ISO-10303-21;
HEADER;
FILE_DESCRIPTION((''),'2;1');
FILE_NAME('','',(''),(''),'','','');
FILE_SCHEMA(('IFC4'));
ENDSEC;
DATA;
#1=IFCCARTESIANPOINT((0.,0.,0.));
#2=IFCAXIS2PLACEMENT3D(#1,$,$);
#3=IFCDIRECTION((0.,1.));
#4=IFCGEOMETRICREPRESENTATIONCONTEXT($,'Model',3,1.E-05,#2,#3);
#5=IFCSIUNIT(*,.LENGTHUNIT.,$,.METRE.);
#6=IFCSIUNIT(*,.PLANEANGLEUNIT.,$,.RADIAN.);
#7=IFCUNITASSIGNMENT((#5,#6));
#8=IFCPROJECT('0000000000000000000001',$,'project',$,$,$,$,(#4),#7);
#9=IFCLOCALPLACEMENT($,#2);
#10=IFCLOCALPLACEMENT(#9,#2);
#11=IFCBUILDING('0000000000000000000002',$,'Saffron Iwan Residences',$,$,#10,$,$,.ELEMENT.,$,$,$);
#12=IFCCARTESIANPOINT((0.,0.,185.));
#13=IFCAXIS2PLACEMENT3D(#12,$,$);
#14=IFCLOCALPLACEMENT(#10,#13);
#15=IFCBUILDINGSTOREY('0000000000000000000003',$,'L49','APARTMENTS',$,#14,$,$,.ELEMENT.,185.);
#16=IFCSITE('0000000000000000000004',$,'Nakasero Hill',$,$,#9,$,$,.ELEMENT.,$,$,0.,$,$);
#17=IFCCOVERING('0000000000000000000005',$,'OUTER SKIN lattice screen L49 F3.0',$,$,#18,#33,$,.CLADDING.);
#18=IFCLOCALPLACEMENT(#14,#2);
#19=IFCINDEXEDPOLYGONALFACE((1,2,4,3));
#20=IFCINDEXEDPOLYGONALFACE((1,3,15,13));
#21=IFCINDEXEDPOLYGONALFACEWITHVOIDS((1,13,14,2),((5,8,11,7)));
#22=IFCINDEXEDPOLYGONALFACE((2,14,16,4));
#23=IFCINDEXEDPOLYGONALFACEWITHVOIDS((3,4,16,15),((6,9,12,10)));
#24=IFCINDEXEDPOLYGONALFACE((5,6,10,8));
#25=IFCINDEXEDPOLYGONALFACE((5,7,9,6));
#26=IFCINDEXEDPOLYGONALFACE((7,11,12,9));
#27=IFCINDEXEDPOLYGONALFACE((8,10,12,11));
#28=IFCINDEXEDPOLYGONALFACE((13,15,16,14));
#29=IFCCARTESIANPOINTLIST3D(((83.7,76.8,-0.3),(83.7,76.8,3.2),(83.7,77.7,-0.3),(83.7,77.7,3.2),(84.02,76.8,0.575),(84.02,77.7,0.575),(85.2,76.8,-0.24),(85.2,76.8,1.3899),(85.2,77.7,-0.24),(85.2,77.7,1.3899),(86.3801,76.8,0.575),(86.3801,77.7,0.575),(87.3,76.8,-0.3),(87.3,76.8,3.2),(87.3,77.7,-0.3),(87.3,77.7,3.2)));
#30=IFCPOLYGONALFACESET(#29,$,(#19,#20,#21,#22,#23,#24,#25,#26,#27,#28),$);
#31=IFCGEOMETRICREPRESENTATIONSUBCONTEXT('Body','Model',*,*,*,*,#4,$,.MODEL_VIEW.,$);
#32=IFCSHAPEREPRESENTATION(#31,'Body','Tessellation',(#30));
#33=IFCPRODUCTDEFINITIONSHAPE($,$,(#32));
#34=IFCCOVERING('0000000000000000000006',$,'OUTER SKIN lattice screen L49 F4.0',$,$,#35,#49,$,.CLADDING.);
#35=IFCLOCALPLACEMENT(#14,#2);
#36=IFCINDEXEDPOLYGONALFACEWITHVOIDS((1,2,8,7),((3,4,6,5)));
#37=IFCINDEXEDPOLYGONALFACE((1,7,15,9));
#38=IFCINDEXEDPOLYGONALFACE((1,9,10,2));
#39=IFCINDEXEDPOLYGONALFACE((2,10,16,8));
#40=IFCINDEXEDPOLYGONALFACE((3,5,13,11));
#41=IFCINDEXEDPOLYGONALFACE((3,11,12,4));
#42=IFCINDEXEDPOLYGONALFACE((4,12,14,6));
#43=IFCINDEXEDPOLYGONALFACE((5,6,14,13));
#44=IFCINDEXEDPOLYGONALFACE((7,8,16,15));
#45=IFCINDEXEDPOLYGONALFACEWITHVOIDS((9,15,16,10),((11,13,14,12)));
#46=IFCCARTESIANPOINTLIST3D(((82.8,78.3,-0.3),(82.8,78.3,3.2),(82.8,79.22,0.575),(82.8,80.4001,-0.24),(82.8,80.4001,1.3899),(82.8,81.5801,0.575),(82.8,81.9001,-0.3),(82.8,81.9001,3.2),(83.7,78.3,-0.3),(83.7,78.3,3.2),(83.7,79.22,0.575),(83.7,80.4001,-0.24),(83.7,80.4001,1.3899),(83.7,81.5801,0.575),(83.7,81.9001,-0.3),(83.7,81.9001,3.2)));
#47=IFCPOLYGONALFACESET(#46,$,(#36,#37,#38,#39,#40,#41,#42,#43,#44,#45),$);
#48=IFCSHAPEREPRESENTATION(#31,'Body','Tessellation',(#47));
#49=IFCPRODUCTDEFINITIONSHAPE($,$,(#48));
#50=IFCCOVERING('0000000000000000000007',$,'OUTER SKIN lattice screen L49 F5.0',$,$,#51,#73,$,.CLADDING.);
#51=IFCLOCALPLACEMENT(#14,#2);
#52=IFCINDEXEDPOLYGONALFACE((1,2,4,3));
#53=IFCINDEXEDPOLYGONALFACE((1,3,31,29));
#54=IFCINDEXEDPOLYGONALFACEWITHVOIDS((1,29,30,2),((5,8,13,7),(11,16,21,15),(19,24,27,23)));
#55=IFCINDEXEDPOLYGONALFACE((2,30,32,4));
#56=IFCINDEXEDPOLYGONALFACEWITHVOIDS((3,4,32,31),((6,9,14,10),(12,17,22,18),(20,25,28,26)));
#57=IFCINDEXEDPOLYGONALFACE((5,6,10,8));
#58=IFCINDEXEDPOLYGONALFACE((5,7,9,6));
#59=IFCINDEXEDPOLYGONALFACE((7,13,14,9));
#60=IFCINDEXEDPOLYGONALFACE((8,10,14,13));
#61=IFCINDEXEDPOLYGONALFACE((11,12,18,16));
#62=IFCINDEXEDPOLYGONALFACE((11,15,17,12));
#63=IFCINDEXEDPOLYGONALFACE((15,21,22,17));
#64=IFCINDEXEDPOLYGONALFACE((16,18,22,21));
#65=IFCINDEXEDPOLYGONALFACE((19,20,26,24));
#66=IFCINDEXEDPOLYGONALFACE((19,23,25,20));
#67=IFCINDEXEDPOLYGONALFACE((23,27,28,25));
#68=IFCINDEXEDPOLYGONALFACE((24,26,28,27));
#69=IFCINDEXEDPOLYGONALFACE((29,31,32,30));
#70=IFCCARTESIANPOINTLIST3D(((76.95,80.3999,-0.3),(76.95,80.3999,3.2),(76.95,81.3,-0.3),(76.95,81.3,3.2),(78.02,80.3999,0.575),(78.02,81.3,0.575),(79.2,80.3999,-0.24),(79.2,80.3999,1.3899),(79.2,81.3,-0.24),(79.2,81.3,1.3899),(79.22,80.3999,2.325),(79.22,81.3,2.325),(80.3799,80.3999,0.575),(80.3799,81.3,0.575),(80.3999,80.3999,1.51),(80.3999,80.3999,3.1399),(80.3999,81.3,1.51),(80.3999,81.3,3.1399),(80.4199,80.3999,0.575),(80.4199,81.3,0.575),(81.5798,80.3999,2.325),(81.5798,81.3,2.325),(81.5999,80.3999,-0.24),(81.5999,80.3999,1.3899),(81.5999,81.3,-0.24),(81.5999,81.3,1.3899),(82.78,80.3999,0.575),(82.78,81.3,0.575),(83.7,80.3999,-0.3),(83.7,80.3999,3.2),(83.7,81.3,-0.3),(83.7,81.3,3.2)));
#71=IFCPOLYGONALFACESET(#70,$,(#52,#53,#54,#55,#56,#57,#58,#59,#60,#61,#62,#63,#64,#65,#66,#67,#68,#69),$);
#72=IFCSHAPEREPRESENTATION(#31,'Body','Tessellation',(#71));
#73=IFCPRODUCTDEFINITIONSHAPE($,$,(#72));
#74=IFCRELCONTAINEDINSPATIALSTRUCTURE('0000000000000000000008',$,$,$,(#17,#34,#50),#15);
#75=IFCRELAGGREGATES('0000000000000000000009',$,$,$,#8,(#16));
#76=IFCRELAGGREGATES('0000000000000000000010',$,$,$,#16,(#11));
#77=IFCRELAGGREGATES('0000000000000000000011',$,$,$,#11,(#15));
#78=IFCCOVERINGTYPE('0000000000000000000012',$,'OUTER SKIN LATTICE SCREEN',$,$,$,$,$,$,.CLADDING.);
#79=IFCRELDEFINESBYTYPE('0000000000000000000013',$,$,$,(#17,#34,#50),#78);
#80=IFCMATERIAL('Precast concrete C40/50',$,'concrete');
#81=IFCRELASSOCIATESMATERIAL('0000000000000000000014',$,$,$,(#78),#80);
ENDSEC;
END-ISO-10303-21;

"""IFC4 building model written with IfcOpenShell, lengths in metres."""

from ifc_helpers import new_model, si_unit, direction, frame, origin, place, context, subcontext, project, spatial, polyline, outline, extrude, material, type_object, element, save


model = new_model("IFC4")

# Units and contexts
model_context = context("Model", 3, precision=1e-05, world=origin(), true_north=direction((0.0, 1.0)))
body_context = subcontext(model_context, "Body", "Model", "MODEL_VIEW")
ifc_project = project(units=[si_unit("LENGTHUNIT", "METRE"), si_unit("PLANEANGLEUNIT", "RADIAN")], contexts=[model_context])

# Site, building, storey
site_placement = place(None, origin())
site = spatial("IfcSite", under=ifc_project, at=site_placement, Name="Nakasero Hill", CompositionType="ELEMENT", RefElevation=0.0)
building_placement = place(site_placement, origin())
building = spatial("IfcBuilding", under=site, at=building_placement, Name="Saffron Iwan Residences", CompositionType="ELEMENT")
storey_placement = place(building_placement, frame((0.0, 0.0, 185.0)))
storey = spatial("IfcBuildingStorey", under=building, at=storey_placement, Name="L49", Description="APARTMENTS", CompositionType="ELEMENT", Elevation=185.0)

# Coverings
ifc_material_1 = material(Name="Precast concrete C40/50", Category="concrete")
covering_type = type_object("IfcCoveringType", Name="OUTER SKIN LATTICE SCREEN", PredefinedType="CLADDING", material=ifc_material_1)
for number, where, z_axis, x_axis, name in (
    (1, (87.3, 76.8, -0.3), (0.0, 1.0, 0.0), (-1.0, 0.0, 0.0), "OUTER SKIN lattice screen L49 F3.0"),
    (2, (82.8, 78.3, -0.3), (1.0, 0.0, 0.0), (0.0, 1.0, 0.0), "OUTER SKIN lattice screen L49 F4.0"),
):
    element("IfcCovering", number, at=place(storey_placement, frame(where, z_axis=z_axis, x_axis=x_axis)), inside=storey, type_object=covering_type, Name=name, PredefinedType="CLADDING", context=body_context, shape_type="SweptSolid", body=[
        extrude(outline(polyline([(0.0, 0.0), (3.6001, 0.0), (3.6001, 3.5), (0.0, 3.5), (0.0, 0.0)]), holes=[polyline([(0.9199, 0.875), (2.1001, 0.0601), (3.28, 0.875), (2.1001, 1.6899), (0.9199, 0.875)])]), origin(), (0.0, 0.0, 1.0), 0.8999),
    ])
covering_1_placement = place(storey_placement, frame((83.7, 80.3999, -0.3), z_axis=(0.0, 1.0, 0.0), x_axis=(-1.0, 0.0, 0.0)))
element("IfcCovering", 3, at=covering_1_placement, inside=storey, type_object=covering_type, Name="OUTER SKIN lattice screen L49 F5.0", PredefinedType="CLADDING", context=body_context, shape_type="SweptSolid", body=[
    extrude(outline(polyline([(0.0, 0.0), (6.75, 0.0), (6.75, 3.5), (0.0, 3.5), (0.0, 0.0)]), holes=[polyline([(0.9199, 0.875), (2.1001, 0.0601), (3.28, 0.875), (2.1001, 1.6899), (0.9199, 0.875)]), polyline([(3.3201, 0.875), (4.5, 0.0601), (5.6799, 0.875), (4.5, 1.6899), (3.3201, 0.875)]), polyline([(2.1201, 2.625), (3.3, 1.8101), (4.48, 2.625), (3.3, 3.4399), (2.1201, 2.625)])]), origin(), (0.0, 0.0, 1.0), 0.9001),
])

save(model, "model.ifc")
